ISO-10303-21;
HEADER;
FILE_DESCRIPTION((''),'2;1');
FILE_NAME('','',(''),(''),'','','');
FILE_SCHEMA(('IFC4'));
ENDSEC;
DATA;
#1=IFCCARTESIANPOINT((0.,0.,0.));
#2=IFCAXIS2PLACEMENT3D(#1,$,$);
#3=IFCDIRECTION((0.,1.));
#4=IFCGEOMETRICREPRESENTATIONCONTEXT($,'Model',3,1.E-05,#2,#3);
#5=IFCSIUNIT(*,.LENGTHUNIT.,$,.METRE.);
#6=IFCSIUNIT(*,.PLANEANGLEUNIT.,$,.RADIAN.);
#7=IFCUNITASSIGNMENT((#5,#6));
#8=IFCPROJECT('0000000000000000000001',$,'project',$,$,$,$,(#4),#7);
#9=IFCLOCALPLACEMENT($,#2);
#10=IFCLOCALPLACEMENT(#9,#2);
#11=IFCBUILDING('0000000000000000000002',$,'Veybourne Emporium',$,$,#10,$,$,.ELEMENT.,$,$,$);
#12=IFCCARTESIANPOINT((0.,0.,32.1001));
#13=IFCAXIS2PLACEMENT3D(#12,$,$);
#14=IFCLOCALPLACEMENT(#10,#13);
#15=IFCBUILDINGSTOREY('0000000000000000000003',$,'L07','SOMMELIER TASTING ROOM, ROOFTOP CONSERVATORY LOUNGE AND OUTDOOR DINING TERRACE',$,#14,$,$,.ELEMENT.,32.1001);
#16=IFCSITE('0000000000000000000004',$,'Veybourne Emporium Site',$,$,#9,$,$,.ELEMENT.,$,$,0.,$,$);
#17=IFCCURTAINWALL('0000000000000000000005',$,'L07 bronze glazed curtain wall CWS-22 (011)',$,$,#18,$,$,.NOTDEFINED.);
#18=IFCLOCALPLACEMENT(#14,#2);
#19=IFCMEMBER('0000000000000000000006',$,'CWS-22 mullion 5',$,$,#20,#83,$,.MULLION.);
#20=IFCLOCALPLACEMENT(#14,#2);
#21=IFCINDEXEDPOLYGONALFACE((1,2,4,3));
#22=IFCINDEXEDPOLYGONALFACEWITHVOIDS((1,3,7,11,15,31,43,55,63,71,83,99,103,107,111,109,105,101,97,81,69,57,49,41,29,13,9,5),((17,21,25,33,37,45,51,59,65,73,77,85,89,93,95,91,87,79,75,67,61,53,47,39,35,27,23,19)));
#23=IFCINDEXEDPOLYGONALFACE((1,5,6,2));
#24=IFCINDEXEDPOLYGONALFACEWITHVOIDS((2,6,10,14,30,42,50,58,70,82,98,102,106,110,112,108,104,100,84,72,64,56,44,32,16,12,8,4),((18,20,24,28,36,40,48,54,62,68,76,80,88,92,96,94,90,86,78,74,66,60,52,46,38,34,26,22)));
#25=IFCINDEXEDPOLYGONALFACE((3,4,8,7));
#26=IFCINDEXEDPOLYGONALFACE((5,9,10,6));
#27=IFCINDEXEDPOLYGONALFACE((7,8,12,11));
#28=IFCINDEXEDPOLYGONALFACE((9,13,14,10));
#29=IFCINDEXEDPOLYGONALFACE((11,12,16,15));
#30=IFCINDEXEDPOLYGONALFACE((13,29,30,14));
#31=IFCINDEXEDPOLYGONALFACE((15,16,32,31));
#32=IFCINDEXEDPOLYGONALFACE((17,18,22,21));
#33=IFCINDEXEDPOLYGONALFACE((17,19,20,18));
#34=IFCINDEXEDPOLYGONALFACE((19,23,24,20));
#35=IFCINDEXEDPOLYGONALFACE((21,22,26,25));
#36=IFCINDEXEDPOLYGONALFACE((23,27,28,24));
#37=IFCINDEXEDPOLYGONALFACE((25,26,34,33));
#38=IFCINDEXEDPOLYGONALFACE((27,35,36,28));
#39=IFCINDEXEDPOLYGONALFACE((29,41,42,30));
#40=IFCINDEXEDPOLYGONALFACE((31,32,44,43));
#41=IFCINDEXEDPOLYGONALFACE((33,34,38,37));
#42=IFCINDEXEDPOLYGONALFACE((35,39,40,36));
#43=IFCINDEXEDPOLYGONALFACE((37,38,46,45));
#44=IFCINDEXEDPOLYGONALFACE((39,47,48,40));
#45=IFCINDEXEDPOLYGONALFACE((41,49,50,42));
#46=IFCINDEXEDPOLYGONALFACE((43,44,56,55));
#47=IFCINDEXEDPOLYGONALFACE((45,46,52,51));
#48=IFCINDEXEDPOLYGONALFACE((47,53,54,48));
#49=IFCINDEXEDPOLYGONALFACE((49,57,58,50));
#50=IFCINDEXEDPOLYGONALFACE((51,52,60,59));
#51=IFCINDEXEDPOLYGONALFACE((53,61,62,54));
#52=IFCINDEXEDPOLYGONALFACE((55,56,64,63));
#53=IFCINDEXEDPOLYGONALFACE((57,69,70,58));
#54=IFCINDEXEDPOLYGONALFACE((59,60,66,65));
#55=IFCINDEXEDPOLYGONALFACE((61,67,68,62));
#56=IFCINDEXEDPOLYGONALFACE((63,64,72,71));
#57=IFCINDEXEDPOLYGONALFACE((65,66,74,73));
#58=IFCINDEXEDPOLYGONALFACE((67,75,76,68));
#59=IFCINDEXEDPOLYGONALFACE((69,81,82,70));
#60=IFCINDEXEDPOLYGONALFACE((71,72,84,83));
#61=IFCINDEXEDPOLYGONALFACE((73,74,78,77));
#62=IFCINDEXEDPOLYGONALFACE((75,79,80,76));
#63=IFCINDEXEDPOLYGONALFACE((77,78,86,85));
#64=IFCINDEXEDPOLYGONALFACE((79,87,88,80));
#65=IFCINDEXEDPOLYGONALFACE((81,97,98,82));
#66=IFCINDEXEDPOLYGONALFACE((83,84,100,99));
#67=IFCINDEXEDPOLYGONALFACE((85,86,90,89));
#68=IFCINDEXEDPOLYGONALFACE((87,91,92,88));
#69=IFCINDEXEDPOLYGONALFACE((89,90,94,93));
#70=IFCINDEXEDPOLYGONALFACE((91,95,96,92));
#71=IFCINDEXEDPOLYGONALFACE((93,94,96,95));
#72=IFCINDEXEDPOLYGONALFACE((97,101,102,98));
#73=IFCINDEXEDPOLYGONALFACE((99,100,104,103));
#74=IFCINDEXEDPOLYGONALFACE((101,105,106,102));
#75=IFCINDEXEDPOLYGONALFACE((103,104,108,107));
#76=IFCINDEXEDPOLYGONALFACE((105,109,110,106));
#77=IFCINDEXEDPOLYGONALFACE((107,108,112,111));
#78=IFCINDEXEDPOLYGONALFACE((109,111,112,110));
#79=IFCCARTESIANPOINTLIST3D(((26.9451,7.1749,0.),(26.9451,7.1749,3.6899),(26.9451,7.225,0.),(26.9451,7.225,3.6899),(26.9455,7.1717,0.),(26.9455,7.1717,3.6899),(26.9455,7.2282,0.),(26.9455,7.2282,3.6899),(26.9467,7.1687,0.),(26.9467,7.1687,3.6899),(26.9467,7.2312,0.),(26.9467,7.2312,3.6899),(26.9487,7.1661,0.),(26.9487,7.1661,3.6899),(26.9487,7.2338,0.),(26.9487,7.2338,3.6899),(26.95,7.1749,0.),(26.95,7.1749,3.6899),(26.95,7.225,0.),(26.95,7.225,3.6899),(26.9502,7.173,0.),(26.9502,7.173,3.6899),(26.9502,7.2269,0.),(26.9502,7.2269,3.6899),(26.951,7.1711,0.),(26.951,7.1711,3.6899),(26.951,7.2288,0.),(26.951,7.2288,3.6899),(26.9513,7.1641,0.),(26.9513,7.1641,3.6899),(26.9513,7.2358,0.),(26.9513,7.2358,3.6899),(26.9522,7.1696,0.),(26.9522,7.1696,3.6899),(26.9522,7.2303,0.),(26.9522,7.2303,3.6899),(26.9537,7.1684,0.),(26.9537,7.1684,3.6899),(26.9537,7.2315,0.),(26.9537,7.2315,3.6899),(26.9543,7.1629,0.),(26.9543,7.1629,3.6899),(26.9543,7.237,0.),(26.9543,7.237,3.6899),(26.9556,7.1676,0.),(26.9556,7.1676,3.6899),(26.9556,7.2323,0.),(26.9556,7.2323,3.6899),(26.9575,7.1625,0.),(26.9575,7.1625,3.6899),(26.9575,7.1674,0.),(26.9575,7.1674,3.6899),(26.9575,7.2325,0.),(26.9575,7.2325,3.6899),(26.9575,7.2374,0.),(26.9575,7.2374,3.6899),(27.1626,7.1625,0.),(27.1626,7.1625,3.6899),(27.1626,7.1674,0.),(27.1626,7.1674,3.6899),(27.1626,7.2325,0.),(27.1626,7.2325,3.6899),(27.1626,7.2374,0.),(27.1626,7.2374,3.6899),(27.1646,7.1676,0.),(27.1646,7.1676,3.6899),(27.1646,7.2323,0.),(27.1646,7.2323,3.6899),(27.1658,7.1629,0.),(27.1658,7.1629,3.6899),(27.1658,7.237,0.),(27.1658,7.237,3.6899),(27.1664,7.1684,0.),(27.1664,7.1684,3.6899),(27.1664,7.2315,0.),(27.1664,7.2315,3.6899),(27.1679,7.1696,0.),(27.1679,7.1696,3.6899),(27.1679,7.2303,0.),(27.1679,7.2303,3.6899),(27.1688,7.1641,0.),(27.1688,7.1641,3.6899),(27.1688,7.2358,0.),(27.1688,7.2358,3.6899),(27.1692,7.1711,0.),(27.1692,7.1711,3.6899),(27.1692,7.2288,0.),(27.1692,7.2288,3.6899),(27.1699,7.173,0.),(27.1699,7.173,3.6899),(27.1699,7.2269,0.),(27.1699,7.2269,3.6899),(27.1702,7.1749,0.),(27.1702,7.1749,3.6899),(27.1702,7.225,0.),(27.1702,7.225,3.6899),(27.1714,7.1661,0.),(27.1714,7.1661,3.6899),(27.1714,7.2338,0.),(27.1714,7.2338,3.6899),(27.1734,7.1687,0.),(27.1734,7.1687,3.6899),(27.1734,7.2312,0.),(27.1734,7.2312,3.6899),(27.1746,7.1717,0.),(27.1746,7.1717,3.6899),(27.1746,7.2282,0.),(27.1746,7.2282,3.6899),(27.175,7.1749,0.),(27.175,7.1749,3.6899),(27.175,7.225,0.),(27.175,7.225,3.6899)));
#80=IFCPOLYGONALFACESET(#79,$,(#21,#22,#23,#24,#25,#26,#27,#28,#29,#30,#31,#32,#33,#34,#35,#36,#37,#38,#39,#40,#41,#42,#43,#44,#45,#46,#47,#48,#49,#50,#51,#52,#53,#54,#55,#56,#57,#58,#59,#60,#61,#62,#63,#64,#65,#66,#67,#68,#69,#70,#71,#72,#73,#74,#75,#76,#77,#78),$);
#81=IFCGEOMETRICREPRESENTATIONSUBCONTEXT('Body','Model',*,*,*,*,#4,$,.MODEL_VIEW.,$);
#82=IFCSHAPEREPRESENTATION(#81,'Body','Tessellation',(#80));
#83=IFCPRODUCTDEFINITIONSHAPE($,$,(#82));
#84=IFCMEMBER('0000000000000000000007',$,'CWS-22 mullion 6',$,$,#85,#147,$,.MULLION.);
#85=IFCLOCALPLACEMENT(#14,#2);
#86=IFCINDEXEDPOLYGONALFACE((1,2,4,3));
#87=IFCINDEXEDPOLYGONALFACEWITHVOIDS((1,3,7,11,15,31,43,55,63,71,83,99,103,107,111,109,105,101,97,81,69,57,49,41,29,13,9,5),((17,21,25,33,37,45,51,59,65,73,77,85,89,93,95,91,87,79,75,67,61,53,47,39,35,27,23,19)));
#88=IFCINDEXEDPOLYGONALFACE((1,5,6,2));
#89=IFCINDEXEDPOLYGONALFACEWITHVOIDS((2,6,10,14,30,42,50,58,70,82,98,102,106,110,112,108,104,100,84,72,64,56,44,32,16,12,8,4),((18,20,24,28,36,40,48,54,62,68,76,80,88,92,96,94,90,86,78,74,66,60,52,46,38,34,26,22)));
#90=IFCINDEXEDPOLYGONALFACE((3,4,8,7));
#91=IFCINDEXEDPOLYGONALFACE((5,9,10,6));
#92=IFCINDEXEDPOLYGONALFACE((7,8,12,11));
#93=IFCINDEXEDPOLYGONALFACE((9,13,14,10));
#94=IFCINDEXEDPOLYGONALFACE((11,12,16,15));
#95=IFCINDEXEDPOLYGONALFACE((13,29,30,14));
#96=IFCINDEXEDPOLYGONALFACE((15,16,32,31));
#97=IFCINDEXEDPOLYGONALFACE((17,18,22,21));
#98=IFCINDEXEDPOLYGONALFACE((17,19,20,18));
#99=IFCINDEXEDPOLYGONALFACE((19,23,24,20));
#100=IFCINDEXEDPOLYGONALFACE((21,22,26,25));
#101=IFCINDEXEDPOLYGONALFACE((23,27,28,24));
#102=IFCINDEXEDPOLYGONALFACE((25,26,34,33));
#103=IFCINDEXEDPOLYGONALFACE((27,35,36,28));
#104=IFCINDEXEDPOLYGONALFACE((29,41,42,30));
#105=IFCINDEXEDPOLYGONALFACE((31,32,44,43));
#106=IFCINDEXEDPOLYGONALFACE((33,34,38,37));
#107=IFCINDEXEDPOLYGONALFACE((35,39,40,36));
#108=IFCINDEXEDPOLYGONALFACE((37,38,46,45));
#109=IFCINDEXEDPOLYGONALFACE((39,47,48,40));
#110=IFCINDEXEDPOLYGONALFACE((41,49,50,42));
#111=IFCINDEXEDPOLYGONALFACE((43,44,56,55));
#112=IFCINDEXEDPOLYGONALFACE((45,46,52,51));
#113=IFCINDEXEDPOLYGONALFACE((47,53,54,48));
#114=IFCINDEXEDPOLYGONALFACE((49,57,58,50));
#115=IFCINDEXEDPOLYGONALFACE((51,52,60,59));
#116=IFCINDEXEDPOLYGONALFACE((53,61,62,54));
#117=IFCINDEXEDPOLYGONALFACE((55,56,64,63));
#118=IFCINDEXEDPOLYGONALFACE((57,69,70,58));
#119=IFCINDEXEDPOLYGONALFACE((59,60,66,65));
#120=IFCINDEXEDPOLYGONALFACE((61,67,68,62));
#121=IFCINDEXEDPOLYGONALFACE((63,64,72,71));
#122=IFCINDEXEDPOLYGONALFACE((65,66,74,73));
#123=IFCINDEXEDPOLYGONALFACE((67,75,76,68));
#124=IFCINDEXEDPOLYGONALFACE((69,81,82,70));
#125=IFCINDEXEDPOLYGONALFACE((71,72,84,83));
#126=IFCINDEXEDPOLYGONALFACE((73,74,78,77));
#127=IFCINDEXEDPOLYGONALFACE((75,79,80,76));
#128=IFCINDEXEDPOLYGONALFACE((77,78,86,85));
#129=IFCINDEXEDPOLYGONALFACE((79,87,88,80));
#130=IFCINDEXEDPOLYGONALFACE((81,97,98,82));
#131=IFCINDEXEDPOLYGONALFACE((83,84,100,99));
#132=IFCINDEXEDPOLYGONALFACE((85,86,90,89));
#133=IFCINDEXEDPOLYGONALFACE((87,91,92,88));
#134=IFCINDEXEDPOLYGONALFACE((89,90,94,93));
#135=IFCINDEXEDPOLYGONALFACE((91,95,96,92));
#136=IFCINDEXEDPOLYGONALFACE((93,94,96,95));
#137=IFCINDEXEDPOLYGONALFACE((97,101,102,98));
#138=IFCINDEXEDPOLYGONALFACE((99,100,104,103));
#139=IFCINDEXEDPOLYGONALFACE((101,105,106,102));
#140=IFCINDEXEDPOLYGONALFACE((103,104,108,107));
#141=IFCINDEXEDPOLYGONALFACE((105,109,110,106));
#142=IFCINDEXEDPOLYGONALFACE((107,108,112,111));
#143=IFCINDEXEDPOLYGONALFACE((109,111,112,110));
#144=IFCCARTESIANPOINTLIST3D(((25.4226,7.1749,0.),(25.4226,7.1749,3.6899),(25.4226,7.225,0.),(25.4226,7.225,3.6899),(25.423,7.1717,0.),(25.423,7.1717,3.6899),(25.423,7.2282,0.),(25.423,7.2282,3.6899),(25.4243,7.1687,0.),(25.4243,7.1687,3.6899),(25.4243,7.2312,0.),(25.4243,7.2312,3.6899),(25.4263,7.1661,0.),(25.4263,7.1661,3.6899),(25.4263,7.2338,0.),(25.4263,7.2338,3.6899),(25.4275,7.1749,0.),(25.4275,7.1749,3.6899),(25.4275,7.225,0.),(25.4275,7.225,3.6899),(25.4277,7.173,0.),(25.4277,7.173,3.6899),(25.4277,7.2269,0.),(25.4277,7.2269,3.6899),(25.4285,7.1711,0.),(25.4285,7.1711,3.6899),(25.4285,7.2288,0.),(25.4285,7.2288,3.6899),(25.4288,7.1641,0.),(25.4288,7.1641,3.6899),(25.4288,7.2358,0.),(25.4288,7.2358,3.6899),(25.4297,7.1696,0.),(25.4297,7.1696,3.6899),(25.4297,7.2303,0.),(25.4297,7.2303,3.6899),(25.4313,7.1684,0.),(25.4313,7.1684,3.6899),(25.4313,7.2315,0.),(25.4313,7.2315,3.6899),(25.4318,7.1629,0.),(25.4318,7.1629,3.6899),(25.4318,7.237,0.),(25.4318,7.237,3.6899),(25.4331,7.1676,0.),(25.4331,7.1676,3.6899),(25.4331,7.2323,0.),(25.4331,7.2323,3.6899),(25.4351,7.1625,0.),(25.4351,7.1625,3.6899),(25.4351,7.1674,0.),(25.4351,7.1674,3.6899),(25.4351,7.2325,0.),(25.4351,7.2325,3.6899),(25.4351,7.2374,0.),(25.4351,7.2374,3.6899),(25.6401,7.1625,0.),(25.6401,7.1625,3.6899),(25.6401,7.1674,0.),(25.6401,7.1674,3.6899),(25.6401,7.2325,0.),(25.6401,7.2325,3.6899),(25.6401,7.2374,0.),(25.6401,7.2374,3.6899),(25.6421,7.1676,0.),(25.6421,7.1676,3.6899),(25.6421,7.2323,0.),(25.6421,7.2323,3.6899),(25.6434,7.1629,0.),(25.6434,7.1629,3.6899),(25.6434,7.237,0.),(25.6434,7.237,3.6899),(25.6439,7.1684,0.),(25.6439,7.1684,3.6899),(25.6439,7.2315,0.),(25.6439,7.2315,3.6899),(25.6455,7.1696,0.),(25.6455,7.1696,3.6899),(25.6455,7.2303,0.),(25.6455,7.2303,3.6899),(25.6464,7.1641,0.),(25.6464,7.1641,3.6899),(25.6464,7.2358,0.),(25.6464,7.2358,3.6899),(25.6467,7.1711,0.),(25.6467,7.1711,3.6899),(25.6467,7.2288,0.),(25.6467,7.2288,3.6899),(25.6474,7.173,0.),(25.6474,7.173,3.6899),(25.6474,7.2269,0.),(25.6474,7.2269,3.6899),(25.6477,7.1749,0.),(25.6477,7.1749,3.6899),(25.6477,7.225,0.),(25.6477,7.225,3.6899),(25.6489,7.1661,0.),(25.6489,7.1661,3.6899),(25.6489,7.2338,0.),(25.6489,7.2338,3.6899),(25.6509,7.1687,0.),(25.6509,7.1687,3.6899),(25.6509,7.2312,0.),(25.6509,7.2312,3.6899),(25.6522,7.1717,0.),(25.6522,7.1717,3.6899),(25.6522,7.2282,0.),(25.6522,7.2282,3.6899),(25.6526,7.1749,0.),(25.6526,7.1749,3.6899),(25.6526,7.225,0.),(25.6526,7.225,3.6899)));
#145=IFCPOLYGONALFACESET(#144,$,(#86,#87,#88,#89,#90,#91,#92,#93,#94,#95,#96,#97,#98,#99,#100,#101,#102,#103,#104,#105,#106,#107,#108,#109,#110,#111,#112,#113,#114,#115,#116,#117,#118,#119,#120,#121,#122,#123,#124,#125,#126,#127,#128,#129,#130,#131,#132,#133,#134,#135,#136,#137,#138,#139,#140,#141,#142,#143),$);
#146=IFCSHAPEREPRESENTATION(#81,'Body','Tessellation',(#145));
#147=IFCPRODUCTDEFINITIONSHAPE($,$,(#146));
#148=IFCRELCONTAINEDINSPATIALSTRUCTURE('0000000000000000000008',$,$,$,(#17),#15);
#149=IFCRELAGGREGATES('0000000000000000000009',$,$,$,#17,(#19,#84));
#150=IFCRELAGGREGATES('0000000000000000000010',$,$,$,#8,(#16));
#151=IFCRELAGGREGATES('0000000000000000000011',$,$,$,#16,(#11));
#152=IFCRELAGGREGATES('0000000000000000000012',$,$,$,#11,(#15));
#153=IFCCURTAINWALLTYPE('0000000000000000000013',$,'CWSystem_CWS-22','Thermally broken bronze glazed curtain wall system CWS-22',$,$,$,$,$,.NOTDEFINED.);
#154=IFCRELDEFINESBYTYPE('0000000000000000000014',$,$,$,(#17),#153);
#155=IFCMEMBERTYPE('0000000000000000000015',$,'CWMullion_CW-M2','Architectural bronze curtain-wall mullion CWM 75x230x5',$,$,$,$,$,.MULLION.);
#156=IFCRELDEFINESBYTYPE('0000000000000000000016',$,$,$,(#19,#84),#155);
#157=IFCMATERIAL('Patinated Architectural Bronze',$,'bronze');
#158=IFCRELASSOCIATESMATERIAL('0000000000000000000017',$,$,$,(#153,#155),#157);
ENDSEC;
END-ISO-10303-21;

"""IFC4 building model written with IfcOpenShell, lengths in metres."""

from ifc_helpers import new_model, si_unit, direction, frame, origin, origin_2d, place, context, subcontext, project, spatial, hollow_rectangle, extrude, material, material_profile, profile_set, type_object, element, aggregate, save


model = new_model("IFC4")

# Units and contexts
model_context = context("Model", 3, precision=1e-05, world=origin(), true_north=direction((0.0, 1.0)))
body_context = subcontext(model_context, "Body", "Model", "MODEL_VIEW")
ifc_project = project(units=[si_unit("LENGTHUNIT", "METRE"), si_unit("PLANEANGLEUNIT", "RADIAN")], contexts=[model_context])

# Site, building, storey
site_placement = place(None, origin())
site = spatial("IfcSite", under=ifc_project, at=site_placement, Name="Veybourne Emporium Site", CompositionType="ELEMENT", RefElevation=0.0)
building_placement = place(site_placement, origin())
building = spatial("IfcBuilding", under=site, at=building_placement, Name="Veybourne Emporium", CompositionType="ELEMENT")
storey_placement = place(building_placement, frame((0.0, 0.0, 32.1001)))
storey = spatial("IfcBuildingStorey", under=building, at=storey_placement, Name="L07", Description="SOMMELIER TASTING ROOM, ROOFTOP CONSERVATORY LOUNGE AND OUTDOOR DINING TERRACE", CompositionType="ELEMENT", Elevation=32.1001)

# Curtain wall, members
ifc_material_1 = material(Name="Patinated Architectural Bronze", Category="bronze")
curtain_wall_type = type_object("IfcCurtainWallType", Name="CWSystem_CWS-22", Description="Thermally broken bronze glazed curtain wall system CWS-22", PredefinedType="NOTDEFINED", material=ifc_material_1)
curtain_wall_placement = place(storey_placement, origin())
curtain_wall = element("IfcCurtainWall", 1, at=curtain_wall_placement, inside=storey, type_object=curtain_wall_type, Name="L07 bronze glazed curtain wall CWS-22 (011)", PredefinedType="NOTDEFINED")
ifc_material_profile_1 = material_profile(ifc_material_1, hollow_rectangle(XDim=0.075, YDim=0.23, WallThickness=0.0049, InnerFilletRadius=0.0076, OuterFilletRadius=0.0125, at=origin_2d()), Name="CWM 75x230x5")
ifc_profile_set_1 = profile_set([ifc_material_profile_1], Name="Patinated Architectural Bronze")
member_type_1 = type_object("IfcMemberType", Name="CWMullion_CW-M2", Description="Architectural bronze curtain-wall mullion CWM 75x230x5", PredefinedType="MULLION", material=ifc_profile_set_1)
member_1_placement = place(storey_placement, frame((27.0601, 7.2, 0.0), z_axis=(0.0, 0.0, 1.0), x_axis=(0.0, -1.0, 0.0)))
member_1 = element("IfcMember", 2, at=member_1_placement, type_object=member_type_1, Name="CWS-22 mullion 5", PredefinedType="MULLION", context=body_context, shape_type="SweptSolid", body=[
    extrude(hollow_rectangle(XDim=0.075, YDim=0.23, WallThickness=0.0049, InnerFilletRadius=0.0076, OuterFilletRadius=0.0125, at=origin_2d()), origin(), (0.0, 0.0, 1.0), 3.6899),
])
member_2_placement = place(storey_placement, frame((25.5376, 7.2, 0.0), z_axis=(0.0, 0.0, 1.0), x_axis=(0.0, -1.0, 0.0)))
member_2 = element("IfcMember", 3, at=member_2_placement, type_object=member_type_1, Name="CWS-22 mullion 6", PredefinedType="MULLION", context=body_context, shape_type="SweptSolid", body=[
    extrude(hollow_rectangle(XDim=0.075, YDim=0.23, WallThickness=0.0049, InnerFilletRadius=0.0076, OuterFilletRadius=0.0125, at=origin_2d()), origin(), (0.0, 0.0, 1.0), 3.6899),
])

aggregate(curtain_wall, [member_1, member_2])

save(model, "model.ifc")
